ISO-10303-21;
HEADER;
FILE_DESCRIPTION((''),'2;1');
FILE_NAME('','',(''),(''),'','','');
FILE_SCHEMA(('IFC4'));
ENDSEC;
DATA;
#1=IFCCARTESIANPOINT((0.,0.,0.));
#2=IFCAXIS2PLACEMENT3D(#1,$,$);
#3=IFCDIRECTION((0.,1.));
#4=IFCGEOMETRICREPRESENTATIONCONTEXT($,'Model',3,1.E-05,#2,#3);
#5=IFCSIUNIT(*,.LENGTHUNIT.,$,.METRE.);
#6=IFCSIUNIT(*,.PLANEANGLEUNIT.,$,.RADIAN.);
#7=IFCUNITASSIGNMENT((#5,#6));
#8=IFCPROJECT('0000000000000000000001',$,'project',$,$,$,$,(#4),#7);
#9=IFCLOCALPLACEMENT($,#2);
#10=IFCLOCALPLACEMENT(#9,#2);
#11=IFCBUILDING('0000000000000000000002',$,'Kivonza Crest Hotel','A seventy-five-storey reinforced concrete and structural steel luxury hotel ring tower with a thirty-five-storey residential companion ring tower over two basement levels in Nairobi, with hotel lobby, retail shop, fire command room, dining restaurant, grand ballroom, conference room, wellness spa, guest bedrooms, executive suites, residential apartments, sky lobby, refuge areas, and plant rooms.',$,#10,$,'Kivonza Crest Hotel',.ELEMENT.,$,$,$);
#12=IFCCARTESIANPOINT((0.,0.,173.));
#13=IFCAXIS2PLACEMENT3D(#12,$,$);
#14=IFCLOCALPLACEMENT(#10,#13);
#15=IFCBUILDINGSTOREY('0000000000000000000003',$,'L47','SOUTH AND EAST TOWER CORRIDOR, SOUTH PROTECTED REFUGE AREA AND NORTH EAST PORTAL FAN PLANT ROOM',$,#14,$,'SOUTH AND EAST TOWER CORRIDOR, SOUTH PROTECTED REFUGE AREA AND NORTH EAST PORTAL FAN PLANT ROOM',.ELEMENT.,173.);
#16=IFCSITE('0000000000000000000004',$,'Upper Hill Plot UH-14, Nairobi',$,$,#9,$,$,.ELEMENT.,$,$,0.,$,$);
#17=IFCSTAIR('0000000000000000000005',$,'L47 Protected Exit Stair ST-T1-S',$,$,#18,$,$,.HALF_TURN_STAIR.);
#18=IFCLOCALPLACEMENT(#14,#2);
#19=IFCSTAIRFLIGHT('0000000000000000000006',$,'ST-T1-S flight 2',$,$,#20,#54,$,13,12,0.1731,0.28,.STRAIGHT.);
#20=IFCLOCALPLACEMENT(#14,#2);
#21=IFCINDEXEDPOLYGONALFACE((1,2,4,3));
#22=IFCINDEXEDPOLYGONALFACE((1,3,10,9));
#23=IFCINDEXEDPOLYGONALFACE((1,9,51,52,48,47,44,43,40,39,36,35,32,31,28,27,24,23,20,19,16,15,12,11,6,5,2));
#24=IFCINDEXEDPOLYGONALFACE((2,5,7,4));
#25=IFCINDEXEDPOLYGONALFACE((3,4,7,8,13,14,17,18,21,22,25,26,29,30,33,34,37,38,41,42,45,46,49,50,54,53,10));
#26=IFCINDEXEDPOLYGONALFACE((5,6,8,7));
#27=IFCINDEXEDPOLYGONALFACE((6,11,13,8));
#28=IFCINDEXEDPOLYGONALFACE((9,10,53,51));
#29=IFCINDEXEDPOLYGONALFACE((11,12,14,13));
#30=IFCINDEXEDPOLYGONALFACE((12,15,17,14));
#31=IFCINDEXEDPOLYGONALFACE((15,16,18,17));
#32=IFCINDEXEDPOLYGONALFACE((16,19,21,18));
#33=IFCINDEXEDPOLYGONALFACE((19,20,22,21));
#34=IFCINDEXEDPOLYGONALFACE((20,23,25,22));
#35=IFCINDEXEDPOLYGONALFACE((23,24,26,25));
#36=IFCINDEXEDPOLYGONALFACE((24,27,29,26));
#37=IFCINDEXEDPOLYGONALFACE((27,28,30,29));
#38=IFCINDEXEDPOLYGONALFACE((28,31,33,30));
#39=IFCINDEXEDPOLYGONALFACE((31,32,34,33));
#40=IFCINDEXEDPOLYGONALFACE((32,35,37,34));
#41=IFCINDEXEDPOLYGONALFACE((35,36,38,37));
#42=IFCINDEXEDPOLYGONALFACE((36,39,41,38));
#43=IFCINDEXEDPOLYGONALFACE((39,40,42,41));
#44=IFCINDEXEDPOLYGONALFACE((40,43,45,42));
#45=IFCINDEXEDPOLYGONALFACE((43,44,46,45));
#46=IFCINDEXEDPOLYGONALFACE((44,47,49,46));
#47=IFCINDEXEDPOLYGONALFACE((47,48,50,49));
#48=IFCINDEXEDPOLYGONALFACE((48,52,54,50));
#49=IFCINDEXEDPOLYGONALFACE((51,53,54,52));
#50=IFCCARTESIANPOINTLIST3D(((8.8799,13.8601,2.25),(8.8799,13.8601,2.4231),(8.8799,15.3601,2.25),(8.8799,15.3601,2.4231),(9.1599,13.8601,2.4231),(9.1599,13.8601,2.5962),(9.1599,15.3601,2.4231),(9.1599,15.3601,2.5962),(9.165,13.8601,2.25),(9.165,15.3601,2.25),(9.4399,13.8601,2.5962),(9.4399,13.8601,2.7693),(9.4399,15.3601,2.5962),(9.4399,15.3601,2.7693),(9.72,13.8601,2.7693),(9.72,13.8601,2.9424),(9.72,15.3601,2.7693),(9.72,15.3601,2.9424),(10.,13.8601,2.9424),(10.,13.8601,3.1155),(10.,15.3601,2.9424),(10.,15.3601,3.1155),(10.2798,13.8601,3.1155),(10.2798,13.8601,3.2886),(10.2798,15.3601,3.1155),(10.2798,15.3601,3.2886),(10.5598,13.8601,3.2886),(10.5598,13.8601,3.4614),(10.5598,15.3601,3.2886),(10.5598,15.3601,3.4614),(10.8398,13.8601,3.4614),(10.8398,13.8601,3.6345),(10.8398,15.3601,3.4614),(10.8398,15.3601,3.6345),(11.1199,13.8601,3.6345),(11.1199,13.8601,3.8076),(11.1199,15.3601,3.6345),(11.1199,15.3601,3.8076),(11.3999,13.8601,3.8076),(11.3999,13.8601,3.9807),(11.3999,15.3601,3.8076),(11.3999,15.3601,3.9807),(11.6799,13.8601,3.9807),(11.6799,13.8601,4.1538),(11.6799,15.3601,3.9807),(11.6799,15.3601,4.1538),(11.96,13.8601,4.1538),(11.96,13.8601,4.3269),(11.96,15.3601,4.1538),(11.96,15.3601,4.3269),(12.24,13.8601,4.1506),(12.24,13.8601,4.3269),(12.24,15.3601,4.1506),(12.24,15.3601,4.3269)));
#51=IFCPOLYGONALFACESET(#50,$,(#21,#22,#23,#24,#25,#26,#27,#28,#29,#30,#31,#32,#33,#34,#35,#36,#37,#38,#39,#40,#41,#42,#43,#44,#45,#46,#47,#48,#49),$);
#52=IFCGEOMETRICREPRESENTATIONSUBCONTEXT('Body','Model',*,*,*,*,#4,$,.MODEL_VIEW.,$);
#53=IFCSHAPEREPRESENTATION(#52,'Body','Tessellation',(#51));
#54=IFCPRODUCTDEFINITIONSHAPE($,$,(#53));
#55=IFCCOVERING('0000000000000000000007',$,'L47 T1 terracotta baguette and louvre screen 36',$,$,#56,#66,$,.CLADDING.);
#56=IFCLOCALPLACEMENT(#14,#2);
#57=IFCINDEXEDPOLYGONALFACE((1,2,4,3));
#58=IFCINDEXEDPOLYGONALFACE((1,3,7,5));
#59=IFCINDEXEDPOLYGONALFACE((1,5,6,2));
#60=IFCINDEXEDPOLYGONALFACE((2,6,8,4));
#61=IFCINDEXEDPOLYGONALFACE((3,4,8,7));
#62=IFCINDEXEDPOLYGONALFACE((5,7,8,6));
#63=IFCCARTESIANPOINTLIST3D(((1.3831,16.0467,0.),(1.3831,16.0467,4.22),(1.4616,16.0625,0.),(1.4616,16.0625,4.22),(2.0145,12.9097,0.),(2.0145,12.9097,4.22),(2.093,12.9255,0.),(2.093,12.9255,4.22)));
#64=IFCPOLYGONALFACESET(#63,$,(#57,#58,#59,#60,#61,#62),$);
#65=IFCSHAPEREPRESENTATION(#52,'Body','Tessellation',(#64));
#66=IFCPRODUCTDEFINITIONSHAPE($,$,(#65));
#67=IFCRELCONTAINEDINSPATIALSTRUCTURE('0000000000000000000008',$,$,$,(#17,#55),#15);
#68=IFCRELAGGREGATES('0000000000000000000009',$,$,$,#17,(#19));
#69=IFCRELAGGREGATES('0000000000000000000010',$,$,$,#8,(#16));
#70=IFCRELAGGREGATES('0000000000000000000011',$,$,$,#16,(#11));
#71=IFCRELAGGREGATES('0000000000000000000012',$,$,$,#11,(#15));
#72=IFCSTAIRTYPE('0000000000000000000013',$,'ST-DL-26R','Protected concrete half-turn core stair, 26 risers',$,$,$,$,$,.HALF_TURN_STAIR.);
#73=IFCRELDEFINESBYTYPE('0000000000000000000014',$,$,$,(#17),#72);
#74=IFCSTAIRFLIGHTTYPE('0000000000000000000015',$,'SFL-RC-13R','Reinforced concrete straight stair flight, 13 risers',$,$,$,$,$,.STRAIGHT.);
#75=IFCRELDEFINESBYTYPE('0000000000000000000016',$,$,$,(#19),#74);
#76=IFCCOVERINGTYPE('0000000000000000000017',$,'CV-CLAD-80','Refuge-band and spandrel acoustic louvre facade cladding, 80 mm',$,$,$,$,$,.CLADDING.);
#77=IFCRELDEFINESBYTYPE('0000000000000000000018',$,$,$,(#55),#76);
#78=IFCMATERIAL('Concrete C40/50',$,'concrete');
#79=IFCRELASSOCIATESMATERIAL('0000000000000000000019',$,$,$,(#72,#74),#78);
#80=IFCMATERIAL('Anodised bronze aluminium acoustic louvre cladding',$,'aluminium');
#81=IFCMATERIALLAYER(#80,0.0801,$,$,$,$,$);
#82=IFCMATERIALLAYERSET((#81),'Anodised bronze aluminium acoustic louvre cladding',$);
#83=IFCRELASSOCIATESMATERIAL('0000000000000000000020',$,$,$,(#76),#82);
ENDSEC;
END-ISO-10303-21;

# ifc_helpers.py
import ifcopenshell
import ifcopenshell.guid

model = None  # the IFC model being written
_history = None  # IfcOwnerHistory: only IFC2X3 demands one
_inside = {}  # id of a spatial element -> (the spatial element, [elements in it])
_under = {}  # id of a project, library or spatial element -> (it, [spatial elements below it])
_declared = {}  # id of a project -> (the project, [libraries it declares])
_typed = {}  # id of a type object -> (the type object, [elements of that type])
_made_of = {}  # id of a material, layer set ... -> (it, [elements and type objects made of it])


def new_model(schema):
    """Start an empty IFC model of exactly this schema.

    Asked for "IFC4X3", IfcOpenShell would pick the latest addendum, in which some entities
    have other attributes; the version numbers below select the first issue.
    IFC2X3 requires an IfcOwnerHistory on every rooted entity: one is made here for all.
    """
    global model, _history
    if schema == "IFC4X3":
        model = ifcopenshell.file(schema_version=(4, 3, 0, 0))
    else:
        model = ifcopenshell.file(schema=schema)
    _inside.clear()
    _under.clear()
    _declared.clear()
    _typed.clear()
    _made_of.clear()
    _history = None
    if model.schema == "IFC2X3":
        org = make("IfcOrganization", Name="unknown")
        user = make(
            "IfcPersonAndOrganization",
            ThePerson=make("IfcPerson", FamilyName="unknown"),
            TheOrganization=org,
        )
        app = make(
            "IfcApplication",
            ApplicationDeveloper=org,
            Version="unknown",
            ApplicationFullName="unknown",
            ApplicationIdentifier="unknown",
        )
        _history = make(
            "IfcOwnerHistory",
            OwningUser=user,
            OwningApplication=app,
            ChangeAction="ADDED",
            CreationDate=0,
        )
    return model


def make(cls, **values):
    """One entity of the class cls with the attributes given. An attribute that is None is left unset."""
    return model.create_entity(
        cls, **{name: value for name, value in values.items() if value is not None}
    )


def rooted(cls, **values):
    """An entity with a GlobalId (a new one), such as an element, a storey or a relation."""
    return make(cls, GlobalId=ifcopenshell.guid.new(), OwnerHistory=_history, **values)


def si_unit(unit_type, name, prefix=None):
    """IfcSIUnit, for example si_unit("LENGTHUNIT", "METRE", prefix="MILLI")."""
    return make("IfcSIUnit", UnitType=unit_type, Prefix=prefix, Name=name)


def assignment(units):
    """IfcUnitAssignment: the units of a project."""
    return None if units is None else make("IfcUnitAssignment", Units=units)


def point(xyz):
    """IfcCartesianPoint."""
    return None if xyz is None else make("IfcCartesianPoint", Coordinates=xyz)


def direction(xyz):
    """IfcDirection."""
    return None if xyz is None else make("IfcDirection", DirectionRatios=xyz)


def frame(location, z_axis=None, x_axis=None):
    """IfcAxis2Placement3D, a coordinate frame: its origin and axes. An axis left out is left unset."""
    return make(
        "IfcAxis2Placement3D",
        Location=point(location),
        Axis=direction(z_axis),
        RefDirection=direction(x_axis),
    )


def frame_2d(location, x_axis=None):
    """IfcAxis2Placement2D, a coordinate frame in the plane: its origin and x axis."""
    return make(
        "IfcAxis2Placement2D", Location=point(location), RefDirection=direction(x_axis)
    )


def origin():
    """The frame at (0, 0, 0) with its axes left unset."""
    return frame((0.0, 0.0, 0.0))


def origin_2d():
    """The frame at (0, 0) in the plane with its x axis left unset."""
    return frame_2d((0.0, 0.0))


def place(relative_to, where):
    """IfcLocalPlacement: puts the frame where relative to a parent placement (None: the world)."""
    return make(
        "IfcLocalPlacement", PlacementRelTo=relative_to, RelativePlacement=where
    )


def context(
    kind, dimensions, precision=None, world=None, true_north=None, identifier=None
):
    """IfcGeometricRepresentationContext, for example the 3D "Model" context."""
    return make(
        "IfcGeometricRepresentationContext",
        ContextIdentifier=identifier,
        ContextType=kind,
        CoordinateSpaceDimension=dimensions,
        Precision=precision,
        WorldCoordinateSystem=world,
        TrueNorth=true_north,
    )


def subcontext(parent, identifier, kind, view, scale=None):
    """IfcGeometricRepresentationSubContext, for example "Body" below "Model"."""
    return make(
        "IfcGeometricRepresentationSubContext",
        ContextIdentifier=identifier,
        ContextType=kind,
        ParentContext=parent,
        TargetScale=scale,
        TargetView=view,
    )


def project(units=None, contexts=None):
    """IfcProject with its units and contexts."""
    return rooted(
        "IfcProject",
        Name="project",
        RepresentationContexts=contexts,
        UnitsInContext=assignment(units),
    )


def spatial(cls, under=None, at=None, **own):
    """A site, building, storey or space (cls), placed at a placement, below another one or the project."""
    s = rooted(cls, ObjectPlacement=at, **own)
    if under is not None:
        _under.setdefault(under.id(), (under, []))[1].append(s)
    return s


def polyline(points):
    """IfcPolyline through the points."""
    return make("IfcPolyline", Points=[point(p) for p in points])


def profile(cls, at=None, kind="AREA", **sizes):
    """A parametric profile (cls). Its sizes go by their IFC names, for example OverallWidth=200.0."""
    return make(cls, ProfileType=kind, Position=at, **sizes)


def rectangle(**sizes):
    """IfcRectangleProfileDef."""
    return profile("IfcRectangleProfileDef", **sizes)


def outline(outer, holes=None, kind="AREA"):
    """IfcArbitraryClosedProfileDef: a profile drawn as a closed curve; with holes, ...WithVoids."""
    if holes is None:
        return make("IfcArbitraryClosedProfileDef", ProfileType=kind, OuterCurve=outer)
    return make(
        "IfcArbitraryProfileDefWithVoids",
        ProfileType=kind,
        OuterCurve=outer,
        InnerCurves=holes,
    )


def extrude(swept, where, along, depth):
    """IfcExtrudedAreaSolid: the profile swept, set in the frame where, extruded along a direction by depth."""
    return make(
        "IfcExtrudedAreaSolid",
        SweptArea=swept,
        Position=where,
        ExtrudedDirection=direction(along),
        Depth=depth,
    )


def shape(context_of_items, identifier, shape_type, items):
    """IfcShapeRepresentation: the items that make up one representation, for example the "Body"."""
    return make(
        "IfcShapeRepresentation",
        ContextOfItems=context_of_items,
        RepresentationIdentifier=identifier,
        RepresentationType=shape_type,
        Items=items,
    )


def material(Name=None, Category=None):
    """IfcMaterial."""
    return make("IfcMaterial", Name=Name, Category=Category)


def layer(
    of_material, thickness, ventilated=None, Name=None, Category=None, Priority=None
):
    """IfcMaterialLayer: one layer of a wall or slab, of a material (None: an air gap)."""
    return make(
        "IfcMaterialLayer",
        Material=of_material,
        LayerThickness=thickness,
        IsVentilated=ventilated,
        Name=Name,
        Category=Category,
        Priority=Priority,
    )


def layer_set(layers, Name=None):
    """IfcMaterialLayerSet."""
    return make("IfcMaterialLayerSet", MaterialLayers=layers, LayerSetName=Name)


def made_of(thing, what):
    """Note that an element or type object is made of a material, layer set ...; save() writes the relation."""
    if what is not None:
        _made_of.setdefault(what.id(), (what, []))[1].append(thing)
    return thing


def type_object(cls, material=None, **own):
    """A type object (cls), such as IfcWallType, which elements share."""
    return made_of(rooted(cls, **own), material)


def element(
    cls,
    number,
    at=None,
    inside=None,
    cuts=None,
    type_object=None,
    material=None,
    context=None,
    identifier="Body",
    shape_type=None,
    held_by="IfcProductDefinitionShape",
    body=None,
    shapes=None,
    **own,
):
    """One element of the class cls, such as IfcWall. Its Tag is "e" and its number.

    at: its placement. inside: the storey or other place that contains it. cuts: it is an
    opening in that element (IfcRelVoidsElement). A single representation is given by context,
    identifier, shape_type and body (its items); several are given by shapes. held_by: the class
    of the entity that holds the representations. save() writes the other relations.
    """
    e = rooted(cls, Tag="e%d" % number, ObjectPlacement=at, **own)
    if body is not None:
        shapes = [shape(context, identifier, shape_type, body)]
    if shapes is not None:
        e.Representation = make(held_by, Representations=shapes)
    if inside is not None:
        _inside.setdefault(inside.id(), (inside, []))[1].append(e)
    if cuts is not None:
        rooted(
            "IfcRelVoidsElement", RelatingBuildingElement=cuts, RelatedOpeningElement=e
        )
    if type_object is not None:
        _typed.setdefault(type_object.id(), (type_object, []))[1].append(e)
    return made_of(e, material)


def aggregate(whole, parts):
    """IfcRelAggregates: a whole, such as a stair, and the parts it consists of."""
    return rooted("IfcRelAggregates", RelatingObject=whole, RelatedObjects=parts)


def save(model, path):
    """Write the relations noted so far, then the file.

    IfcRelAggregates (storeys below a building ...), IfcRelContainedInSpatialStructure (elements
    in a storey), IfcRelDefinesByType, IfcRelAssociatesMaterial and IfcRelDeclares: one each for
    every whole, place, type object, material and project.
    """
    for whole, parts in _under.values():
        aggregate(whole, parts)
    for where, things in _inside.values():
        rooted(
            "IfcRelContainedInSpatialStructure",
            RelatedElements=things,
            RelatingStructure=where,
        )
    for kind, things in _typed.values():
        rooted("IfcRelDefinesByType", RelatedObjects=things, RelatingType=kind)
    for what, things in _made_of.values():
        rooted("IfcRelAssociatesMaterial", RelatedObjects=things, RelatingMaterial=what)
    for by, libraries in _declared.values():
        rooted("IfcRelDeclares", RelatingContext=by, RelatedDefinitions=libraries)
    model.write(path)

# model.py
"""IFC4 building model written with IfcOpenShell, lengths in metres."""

from ifc_helpers import new_model, si_unit, direction, frame, origin, origin_2d, place, context, subcontext, project, spatial, polyline, rectangle, outline, extrude, material, layer, layer_set, type_object, element, aggregate, save


model = new_model("IFC4")

# Units and contexts
model_context = context("Model", 3, precision=1e-05, world=origin(), true_north=direction((0.0, 1.0)))
body_context = subcontext(model_context, "Body", "Model", "MODEL_VIEW")
ifc_project = project(units=[si_unit("LENGTHUNIT", "METRE"), si_unit("PLANEANGLEUNIT", "RADIAN")], contexts=[model_context])

# Site, building, storey
site_placement = place(None, origin())
site = spatial("IfcSite", under=ifc_project, at=site_placement, Name="Upper Hill Plot UH-14, Nairobi", CompositionType="ELEMENT", RefElevation=0.0)
building_placement = place(site_placement, origin())
building = spatial("IfcBuilding", under=site, at=building_placement, Name="Kivonza Crest Hotel", Description="A seventy-five-storey reinforced concrete and structural steel luxury hotel ring tower with a thirty-five-storey residential companion ring tower over two basement levels in Nairobi, with hotel lobby, retail shop, fire command room, dining restaurant, grand ballroom, conference room, wellness spa, guest bedrooms, executive suites, residential apartments, sky lobby, refuge areas, and plant rooms.", LongName="Kivonza Crest Hotel", CompositionType="ELEMENT")
storey_placement = place(building_placement, frame((0.0, 0.0, 173.0)))
storey = spatial("IfcBuildingStorey", under=building, at=storey_placement, Name="L47", Description="SOUTH AND EAST TOWER CORRIDOR, SOUTH PROTECTED REFUGE AREA AND NORTH EAST PORTAL FAN PLANT ROOM", LongName="SOUTH AND EAST TOWER CORRIDOR, SOUTH PROTECTED REFUGE AREA AND NORTH EAST PORTAL FAN PLANT ROOM", CompositionType="ELEMENT", Elevation=173.0)

# Stair, stair flight
ifc_material_1 = material(Name="Concrete C40/50", Category="concrete")
stair_type = type_object("IfcStairType", Name="ST-DL-26R", Description="Protected concrete half-turn core stair, 26 risers", PredefinedType="HALF_TURN_STAIR", material=ifc_material_1)
stair_placement = place(storey_placement, origin())
stair = element("IfcStair", 1, at=stair_placement, inside=storey, type_object=stair_type, Name="L47 Protected Exit Stair ST-T1-S", PredefinedType="HALF_TURN_STAIR")
stair_flight_type = type_object("IfcStairFlightType", Name="SFL-RC-13R", Description="Reinforced concrete straight stair flight, 13 risers", PredefinedType="STRAIGHT", material=ifc_material_1)
stair_flight_placement = place(storey_placement, frame((8.8799, 14.6101, 2.25), z_axis=(0.0, 0.0, 1.0), x_axis=(1.0, 0.0, 0.0)))
stair_flight = element("IfcStairFlight", 2, at=stair_flight_placement, type_object=stair_flight_type, Name="ST-T1-S flight 2", NumberOfRisers=13, NumberOfTreads=12, PredefinedType="STRAIGHT", RiserHeight=0.1731, TreadLength=0.28, context=body_context, shape_type="SweptSolid", body=[
    extrude(outline(polyline([(0.0, 0.0), (0.0, 0.1731), (0.28, 0.1731), (0.28, 0.3462), (0.5601, 0.3462), (0.5601, 0.5193), (0.8401, 0.5193), (0.8401, 0.6924), (1.1201, 0.6924), (1.1201, 0.8655), (1.3999, 0.8655), (1.3999, 1.0386), (1.6799, 1.0386), (1.6799, 1.2114), (1.96, 1.2114), (1.96, 1.3845), (2.24, 1.3845), (2.24, 1.5576), (2.52, 1.5576), (2.52, 1.7307), (2.8, 1.7307), (2.8, 1.9038), (3.0801, 1.9038), (3.0801, 2.0769), (3.3601, 2.0769), (3.3601, 2.25), (3.3601, 1.9006), (0.2852, 0.0), (0.0, 0.0)])), frame((0.0, 0.75, 0.0), z_axis=(0.0, -1.0, 0.0), x_axis=(1.0, 0.0, 0.0)), (0.0, 0.0, 1.0), 1.5),
])
aggregate(stair, [stair_flight])

# Covering
ifc_material_2 = material(Name="Anodised bronze aluminium acoustic louvre cladding", Category="aluminium")
ifc_layer_1 = layer(ifc_material_2, 0.0801)
ifc_layer_set_1 = layer_set([ifc_layer_1], Name="Anodised bronze aluminium acoustic louvre cladding")
covering_type = type_object("IfcCoveringType", Name="CV-CLAD-80", Description="Refuge-band and spandrel acoustic louvre facade cladding, 80 mm", PredefinedType="CLADDING", material=ifc_layer_set_1)
covering_placement = place(storey_placement, frame((1.738, 14.4861, 0.0), z_axis=(0.0, 0.0, 1.0), x_axis=(0.197315, -0.98034, 0.0)))
element("IfcCovering", 3, at=covering_placement, inside=storey, type_object=covering_type, Name="L47 T1 terracotta baguette and louvre screen 36", PredefinedType="CLADDING", context=body_context, shape_type="SweptSolid", body=[
    extrude(rectangle(XDim=3.2, YDim=0.0801, at=origin_2d()), origin(), (0.0, 0.0, 1.0), 4.22),
])

save(model, "model.ifc")
